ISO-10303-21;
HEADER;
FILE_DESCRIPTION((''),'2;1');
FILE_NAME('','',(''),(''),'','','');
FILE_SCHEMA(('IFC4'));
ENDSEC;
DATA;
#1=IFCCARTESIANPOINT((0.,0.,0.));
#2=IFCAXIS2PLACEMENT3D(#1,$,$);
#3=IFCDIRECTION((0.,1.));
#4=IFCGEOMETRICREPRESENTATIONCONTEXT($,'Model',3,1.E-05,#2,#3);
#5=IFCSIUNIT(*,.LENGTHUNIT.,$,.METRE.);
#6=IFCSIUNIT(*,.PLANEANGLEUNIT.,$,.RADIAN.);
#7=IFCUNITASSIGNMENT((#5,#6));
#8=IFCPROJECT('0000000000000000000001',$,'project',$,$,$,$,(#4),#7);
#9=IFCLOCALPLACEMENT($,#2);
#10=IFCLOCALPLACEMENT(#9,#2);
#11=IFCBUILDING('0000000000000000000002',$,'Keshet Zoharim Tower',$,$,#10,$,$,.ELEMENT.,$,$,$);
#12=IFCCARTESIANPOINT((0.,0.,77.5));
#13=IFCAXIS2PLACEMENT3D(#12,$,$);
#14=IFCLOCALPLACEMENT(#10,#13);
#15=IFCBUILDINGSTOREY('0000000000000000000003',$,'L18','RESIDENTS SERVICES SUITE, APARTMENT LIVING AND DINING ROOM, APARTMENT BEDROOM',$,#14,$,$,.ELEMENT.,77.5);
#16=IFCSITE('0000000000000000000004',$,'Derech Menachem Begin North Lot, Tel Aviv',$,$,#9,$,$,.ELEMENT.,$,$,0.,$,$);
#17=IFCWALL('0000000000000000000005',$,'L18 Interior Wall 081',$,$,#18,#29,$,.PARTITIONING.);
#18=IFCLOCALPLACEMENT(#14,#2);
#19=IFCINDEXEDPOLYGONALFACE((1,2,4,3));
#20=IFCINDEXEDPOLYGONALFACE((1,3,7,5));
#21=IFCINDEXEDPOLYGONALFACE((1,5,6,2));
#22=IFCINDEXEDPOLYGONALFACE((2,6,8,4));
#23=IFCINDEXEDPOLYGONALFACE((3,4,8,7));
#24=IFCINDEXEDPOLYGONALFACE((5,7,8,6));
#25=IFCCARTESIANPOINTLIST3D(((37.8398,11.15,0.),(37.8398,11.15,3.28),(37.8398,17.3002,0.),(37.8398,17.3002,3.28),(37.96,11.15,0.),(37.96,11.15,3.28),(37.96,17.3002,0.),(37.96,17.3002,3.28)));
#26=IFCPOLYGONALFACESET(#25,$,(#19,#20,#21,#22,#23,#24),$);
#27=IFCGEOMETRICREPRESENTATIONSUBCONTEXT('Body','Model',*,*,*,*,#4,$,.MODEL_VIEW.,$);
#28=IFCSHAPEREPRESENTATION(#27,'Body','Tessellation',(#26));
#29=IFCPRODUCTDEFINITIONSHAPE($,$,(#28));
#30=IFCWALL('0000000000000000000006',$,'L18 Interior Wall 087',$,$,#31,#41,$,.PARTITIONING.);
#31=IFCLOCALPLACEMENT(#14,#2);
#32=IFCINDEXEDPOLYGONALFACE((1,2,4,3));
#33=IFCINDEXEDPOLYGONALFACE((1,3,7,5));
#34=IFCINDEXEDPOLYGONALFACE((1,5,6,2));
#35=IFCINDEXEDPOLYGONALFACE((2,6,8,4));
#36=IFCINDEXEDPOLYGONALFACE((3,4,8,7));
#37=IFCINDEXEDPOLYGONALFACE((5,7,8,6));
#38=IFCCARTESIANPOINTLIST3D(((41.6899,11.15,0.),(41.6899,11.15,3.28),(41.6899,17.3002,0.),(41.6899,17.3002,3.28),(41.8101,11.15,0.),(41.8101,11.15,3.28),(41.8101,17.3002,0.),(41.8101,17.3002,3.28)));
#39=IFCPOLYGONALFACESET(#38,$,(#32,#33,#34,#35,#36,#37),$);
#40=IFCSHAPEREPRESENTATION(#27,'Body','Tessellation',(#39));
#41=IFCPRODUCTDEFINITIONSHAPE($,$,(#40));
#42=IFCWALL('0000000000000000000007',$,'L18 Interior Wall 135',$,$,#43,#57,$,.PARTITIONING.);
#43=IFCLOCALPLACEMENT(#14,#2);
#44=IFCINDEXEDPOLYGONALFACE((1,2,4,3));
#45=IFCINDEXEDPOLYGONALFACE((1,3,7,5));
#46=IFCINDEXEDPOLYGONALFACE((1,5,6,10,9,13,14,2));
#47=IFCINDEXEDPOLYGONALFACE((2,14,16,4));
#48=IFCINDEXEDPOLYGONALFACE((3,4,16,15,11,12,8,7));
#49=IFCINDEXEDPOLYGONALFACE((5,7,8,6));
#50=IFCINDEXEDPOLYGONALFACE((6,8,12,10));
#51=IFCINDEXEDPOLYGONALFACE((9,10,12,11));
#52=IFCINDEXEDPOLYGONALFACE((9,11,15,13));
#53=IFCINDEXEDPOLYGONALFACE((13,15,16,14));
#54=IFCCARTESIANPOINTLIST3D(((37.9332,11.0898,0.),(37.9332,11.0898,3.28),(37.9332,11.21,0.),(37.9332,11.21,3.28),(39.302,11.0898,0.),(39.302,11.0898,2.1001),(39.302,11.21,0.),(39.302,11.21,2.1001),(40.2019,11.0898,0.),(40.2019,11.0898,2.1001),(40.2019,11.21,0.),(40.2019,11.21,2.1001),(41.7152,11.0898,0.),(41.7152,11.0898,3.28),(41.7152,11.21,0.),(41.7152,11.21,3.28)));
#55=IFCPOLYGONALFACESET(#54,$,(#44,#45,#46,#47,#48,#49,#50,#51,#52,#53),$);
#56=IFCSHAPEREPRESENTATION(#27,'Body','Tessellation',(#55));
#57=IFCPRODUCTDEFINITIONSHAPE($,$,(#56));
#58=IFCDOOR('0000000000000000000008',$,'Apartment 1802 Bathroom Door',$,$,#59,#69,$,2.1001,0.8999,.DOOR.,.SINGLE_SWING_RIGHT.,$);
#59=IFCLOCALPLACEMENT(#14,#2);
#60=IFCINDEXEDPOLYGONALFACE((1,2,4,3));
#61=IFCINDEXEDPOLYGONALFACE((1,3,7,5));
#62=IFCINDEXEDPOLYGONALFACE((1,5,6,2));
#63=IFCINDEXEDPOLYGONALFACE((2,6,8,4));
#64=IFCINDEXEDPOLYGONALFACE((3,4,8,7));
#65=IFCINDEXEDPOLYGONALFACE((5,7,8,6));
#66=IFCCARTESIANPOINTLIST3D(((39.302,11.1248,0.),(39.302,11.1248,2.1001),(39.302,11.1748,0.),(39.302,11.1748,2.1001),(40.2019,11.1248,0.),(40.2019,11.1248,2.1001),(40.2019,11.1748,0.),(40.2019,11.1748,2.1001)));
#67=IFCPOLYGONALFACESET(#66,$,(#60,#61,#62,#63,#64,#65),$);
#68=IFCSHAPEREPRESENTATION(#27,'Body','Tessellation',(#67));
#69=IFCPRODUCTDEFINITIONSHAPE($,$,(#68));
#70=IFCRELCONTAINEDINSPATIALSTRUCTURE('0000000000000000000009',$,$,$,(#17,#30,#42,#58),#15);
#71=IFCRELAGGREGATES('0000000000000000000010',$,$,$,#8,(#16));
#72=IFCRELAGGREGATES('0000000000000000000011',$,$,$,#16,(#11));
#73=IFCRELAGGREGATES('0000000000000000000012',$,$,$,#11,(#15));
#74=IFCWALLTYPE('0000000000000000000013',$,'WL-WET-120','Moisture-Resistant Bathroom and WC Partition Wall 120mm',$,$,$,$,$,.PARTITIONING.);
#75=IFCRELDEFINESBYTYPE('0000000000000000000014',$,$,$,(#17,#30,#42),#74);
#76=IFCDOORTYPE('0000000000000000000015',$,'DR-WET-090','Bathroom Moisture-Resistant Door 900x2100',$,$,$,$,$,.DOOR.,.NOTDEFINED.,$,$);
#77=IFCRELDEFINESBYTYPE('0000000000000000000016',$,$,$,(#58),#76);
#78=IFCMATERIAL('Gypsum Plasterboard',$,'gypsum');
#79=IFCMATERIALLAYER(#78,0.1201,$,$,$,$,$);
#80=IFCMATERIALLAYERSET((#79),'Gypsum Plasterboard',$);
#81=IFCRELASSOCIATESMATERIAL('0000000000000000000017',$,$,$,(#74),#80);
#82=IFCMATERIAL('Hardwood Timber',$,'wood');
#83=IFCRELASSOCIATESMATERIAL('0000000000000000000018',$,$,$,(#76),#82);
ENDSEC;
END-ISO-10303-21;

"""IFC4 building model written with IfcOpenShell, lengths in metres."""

from ifc_helpers import new_model, si_unit, direction, frame, frame_2d, origin, place, context, subcontext, project, spatial, rectangle, extrude, material, layer, layer_set, type_object, element, fill, save


model = new_model("IFC4")

# Units and contexts
model_context = context("Model", 3, precision=1e-05, world=origin(), true_north=direction((0.0, 1.0)))
body_context = subcontext(model_context, "Body", "Model", "MODEL_VIEW")
ifc_project = project(units=[si_unit("LENGTHUNIT", "METRE"), si_unit("PLANEANGLEUNIT", "RADIAN")], contexts=[model_context])

# Site, building, storey
site_placement = place(None, origin())
site = spatial("IfcSite", under=ifc_project, at=site_placement, Name="Derech Menachem Begin North Lot, Tel Aviv", CompositionType="ELEMENT", RefElevation=0.0)
building_placement = place(site_placement, origin())
building = spatial("IfcBuilding", under=site, at=building_placement, Name="Keshet Zoharim Tower", CompositionType="ELEMENT")
storey_placement = place(building_placement, frame((0.0, 0.0, 77.5)))
storey = spatial("IfcBuildingStorey", under=building, at=storey_placement, Name="L18", Description="RESIDENTS SERVICES SUITE, APARTMENT LIVING AND DINING ROOM, APARTMENT BEDROOM", CompositionType="ELEMENT", Elevation=77.5)

# Shared definitions
ifc_material_1 = material(Name="Gypsum Plasterboard", Category="gypsum")

# Shared definitions
ifc_material_2 = material(Name="Hardwood Timber", Category="wood")

# Walls
ifc_layer_1 = layer(ifc_material_1, 0.1201)
ifc_layer_set_1 = layer_set([ifc_layer_1], Name="Gypsum Plasterboard")
wall_type_1 = type_object("IfcWallType", Name="WL-WET-120", Description="Moisture-Resistant Bathroom and WC Partition Wall 120mm", PredefinedType="PARTITIONING", material=ifc_layer_set_1)
for number, where, z_axis, x_axis, name in (
    (1, (37.8999, 11.1499, 0.0), (0.0, 0.0, 1.0), (0.0, 1.0, 0.0), "L18 Interior Wall 081"),
    (2, (41.75, 11.1499, 0.0), (0.0, 0.0, 1.0), (0.0, 1.0, 0.0), "L18 Interior Wall 087"),
):
    element("IfcWall", number, at=place(storey_placement, frame(where, z_axis=z_axis, x_axis=x_axis)), inside=storey, type_object=wall_type_1, Name=name, PredefinedType="PARTITIONING", context=body_context, shape_type="SweptSolid", body=[
        extrude(rectangle(XDim=6.1501, YDim=0.1201, at=frame_2d((3.0752, 0.0))), origin(), (0.0, 0.0, 1.0), 3.28),
    ])

# Wall, opening, door
wall_1_placement = place(storey_placement, frame((37.9331, 11.1499, 0.0), z_axis=(0.0, 0.0, 1.0), x_axis=(1.0, 0.0, 0.0)))
wall_1 = element("IfcWall", 3, at=wall_1_placement, inside=storey, type_object=wall_type_1, Name="L18 Interior Wall 135", PredefinedType="PARTITIONING", context=body_context, shape_type="SweptSolid", body=[
    extrude(rectangle(XDim=3.782, YDim=0.1201, at=frame_2d((1.8911, 0.0))), origin(), (0.0, 0.0, 1.0), 3.28),
])
opening_1_placement = place(wall_1_placement, frame((1.3689, 0.0, 0.0)))
opening_1 = element("IfcOpeningElement", 4, at=opening_1_placement, cuts=wall_1, PredefinedType="OPENING", context=body_context, shape_type="SweptSolid", body=[
    extrude(rectangle(XDim=0.8999, YDim=2.1001, at=frame_2d((0.45, 1.05))), frame((0.0, 0.0701, 0.0), z_axis=(0.0, -1.0, 0.0), x_axis=(1.0, 0.0, 0.0)), (0.0, 0.0, 1.0), 0.1401),
])
door_type_1 = type_object("IfcDoorType", Name="DR-WET-090", Description="Bathroom Moisture-Resistant Door 900x2100", OperationType="NOTDEFINED", PredefinedType="DOOR", material=ifc_material_2)
door_1_placement = place(opening_1_placement, origin())
door_1 = element("IfcDoor", 5, at=door_1_placement, inside=storey, type_object=door_type_1, Name="Apartment 1802 Bathroom Door", OperationType="SINGLE_SWING_RIGHT", OverallHeight=2.1001, OverallWidth=0.8999, PredefinedType="DOOR", context=body_context, shape_type="SweptSolid", body=[
    extrude(rectangle(XDim=0.8999, YDim=2.1001, at=frame_2d((0.45, 1.05))), frame((0.0, 0.0249, 0.0), z_axis=(0.0, -1.0, 0.0), x_axis=(1.0, 0.0, 0.0)), (0.0, 0.0, 1.0), 0.05),
])
fill(opening_1, door_1)

save(model, "model.ifc")
